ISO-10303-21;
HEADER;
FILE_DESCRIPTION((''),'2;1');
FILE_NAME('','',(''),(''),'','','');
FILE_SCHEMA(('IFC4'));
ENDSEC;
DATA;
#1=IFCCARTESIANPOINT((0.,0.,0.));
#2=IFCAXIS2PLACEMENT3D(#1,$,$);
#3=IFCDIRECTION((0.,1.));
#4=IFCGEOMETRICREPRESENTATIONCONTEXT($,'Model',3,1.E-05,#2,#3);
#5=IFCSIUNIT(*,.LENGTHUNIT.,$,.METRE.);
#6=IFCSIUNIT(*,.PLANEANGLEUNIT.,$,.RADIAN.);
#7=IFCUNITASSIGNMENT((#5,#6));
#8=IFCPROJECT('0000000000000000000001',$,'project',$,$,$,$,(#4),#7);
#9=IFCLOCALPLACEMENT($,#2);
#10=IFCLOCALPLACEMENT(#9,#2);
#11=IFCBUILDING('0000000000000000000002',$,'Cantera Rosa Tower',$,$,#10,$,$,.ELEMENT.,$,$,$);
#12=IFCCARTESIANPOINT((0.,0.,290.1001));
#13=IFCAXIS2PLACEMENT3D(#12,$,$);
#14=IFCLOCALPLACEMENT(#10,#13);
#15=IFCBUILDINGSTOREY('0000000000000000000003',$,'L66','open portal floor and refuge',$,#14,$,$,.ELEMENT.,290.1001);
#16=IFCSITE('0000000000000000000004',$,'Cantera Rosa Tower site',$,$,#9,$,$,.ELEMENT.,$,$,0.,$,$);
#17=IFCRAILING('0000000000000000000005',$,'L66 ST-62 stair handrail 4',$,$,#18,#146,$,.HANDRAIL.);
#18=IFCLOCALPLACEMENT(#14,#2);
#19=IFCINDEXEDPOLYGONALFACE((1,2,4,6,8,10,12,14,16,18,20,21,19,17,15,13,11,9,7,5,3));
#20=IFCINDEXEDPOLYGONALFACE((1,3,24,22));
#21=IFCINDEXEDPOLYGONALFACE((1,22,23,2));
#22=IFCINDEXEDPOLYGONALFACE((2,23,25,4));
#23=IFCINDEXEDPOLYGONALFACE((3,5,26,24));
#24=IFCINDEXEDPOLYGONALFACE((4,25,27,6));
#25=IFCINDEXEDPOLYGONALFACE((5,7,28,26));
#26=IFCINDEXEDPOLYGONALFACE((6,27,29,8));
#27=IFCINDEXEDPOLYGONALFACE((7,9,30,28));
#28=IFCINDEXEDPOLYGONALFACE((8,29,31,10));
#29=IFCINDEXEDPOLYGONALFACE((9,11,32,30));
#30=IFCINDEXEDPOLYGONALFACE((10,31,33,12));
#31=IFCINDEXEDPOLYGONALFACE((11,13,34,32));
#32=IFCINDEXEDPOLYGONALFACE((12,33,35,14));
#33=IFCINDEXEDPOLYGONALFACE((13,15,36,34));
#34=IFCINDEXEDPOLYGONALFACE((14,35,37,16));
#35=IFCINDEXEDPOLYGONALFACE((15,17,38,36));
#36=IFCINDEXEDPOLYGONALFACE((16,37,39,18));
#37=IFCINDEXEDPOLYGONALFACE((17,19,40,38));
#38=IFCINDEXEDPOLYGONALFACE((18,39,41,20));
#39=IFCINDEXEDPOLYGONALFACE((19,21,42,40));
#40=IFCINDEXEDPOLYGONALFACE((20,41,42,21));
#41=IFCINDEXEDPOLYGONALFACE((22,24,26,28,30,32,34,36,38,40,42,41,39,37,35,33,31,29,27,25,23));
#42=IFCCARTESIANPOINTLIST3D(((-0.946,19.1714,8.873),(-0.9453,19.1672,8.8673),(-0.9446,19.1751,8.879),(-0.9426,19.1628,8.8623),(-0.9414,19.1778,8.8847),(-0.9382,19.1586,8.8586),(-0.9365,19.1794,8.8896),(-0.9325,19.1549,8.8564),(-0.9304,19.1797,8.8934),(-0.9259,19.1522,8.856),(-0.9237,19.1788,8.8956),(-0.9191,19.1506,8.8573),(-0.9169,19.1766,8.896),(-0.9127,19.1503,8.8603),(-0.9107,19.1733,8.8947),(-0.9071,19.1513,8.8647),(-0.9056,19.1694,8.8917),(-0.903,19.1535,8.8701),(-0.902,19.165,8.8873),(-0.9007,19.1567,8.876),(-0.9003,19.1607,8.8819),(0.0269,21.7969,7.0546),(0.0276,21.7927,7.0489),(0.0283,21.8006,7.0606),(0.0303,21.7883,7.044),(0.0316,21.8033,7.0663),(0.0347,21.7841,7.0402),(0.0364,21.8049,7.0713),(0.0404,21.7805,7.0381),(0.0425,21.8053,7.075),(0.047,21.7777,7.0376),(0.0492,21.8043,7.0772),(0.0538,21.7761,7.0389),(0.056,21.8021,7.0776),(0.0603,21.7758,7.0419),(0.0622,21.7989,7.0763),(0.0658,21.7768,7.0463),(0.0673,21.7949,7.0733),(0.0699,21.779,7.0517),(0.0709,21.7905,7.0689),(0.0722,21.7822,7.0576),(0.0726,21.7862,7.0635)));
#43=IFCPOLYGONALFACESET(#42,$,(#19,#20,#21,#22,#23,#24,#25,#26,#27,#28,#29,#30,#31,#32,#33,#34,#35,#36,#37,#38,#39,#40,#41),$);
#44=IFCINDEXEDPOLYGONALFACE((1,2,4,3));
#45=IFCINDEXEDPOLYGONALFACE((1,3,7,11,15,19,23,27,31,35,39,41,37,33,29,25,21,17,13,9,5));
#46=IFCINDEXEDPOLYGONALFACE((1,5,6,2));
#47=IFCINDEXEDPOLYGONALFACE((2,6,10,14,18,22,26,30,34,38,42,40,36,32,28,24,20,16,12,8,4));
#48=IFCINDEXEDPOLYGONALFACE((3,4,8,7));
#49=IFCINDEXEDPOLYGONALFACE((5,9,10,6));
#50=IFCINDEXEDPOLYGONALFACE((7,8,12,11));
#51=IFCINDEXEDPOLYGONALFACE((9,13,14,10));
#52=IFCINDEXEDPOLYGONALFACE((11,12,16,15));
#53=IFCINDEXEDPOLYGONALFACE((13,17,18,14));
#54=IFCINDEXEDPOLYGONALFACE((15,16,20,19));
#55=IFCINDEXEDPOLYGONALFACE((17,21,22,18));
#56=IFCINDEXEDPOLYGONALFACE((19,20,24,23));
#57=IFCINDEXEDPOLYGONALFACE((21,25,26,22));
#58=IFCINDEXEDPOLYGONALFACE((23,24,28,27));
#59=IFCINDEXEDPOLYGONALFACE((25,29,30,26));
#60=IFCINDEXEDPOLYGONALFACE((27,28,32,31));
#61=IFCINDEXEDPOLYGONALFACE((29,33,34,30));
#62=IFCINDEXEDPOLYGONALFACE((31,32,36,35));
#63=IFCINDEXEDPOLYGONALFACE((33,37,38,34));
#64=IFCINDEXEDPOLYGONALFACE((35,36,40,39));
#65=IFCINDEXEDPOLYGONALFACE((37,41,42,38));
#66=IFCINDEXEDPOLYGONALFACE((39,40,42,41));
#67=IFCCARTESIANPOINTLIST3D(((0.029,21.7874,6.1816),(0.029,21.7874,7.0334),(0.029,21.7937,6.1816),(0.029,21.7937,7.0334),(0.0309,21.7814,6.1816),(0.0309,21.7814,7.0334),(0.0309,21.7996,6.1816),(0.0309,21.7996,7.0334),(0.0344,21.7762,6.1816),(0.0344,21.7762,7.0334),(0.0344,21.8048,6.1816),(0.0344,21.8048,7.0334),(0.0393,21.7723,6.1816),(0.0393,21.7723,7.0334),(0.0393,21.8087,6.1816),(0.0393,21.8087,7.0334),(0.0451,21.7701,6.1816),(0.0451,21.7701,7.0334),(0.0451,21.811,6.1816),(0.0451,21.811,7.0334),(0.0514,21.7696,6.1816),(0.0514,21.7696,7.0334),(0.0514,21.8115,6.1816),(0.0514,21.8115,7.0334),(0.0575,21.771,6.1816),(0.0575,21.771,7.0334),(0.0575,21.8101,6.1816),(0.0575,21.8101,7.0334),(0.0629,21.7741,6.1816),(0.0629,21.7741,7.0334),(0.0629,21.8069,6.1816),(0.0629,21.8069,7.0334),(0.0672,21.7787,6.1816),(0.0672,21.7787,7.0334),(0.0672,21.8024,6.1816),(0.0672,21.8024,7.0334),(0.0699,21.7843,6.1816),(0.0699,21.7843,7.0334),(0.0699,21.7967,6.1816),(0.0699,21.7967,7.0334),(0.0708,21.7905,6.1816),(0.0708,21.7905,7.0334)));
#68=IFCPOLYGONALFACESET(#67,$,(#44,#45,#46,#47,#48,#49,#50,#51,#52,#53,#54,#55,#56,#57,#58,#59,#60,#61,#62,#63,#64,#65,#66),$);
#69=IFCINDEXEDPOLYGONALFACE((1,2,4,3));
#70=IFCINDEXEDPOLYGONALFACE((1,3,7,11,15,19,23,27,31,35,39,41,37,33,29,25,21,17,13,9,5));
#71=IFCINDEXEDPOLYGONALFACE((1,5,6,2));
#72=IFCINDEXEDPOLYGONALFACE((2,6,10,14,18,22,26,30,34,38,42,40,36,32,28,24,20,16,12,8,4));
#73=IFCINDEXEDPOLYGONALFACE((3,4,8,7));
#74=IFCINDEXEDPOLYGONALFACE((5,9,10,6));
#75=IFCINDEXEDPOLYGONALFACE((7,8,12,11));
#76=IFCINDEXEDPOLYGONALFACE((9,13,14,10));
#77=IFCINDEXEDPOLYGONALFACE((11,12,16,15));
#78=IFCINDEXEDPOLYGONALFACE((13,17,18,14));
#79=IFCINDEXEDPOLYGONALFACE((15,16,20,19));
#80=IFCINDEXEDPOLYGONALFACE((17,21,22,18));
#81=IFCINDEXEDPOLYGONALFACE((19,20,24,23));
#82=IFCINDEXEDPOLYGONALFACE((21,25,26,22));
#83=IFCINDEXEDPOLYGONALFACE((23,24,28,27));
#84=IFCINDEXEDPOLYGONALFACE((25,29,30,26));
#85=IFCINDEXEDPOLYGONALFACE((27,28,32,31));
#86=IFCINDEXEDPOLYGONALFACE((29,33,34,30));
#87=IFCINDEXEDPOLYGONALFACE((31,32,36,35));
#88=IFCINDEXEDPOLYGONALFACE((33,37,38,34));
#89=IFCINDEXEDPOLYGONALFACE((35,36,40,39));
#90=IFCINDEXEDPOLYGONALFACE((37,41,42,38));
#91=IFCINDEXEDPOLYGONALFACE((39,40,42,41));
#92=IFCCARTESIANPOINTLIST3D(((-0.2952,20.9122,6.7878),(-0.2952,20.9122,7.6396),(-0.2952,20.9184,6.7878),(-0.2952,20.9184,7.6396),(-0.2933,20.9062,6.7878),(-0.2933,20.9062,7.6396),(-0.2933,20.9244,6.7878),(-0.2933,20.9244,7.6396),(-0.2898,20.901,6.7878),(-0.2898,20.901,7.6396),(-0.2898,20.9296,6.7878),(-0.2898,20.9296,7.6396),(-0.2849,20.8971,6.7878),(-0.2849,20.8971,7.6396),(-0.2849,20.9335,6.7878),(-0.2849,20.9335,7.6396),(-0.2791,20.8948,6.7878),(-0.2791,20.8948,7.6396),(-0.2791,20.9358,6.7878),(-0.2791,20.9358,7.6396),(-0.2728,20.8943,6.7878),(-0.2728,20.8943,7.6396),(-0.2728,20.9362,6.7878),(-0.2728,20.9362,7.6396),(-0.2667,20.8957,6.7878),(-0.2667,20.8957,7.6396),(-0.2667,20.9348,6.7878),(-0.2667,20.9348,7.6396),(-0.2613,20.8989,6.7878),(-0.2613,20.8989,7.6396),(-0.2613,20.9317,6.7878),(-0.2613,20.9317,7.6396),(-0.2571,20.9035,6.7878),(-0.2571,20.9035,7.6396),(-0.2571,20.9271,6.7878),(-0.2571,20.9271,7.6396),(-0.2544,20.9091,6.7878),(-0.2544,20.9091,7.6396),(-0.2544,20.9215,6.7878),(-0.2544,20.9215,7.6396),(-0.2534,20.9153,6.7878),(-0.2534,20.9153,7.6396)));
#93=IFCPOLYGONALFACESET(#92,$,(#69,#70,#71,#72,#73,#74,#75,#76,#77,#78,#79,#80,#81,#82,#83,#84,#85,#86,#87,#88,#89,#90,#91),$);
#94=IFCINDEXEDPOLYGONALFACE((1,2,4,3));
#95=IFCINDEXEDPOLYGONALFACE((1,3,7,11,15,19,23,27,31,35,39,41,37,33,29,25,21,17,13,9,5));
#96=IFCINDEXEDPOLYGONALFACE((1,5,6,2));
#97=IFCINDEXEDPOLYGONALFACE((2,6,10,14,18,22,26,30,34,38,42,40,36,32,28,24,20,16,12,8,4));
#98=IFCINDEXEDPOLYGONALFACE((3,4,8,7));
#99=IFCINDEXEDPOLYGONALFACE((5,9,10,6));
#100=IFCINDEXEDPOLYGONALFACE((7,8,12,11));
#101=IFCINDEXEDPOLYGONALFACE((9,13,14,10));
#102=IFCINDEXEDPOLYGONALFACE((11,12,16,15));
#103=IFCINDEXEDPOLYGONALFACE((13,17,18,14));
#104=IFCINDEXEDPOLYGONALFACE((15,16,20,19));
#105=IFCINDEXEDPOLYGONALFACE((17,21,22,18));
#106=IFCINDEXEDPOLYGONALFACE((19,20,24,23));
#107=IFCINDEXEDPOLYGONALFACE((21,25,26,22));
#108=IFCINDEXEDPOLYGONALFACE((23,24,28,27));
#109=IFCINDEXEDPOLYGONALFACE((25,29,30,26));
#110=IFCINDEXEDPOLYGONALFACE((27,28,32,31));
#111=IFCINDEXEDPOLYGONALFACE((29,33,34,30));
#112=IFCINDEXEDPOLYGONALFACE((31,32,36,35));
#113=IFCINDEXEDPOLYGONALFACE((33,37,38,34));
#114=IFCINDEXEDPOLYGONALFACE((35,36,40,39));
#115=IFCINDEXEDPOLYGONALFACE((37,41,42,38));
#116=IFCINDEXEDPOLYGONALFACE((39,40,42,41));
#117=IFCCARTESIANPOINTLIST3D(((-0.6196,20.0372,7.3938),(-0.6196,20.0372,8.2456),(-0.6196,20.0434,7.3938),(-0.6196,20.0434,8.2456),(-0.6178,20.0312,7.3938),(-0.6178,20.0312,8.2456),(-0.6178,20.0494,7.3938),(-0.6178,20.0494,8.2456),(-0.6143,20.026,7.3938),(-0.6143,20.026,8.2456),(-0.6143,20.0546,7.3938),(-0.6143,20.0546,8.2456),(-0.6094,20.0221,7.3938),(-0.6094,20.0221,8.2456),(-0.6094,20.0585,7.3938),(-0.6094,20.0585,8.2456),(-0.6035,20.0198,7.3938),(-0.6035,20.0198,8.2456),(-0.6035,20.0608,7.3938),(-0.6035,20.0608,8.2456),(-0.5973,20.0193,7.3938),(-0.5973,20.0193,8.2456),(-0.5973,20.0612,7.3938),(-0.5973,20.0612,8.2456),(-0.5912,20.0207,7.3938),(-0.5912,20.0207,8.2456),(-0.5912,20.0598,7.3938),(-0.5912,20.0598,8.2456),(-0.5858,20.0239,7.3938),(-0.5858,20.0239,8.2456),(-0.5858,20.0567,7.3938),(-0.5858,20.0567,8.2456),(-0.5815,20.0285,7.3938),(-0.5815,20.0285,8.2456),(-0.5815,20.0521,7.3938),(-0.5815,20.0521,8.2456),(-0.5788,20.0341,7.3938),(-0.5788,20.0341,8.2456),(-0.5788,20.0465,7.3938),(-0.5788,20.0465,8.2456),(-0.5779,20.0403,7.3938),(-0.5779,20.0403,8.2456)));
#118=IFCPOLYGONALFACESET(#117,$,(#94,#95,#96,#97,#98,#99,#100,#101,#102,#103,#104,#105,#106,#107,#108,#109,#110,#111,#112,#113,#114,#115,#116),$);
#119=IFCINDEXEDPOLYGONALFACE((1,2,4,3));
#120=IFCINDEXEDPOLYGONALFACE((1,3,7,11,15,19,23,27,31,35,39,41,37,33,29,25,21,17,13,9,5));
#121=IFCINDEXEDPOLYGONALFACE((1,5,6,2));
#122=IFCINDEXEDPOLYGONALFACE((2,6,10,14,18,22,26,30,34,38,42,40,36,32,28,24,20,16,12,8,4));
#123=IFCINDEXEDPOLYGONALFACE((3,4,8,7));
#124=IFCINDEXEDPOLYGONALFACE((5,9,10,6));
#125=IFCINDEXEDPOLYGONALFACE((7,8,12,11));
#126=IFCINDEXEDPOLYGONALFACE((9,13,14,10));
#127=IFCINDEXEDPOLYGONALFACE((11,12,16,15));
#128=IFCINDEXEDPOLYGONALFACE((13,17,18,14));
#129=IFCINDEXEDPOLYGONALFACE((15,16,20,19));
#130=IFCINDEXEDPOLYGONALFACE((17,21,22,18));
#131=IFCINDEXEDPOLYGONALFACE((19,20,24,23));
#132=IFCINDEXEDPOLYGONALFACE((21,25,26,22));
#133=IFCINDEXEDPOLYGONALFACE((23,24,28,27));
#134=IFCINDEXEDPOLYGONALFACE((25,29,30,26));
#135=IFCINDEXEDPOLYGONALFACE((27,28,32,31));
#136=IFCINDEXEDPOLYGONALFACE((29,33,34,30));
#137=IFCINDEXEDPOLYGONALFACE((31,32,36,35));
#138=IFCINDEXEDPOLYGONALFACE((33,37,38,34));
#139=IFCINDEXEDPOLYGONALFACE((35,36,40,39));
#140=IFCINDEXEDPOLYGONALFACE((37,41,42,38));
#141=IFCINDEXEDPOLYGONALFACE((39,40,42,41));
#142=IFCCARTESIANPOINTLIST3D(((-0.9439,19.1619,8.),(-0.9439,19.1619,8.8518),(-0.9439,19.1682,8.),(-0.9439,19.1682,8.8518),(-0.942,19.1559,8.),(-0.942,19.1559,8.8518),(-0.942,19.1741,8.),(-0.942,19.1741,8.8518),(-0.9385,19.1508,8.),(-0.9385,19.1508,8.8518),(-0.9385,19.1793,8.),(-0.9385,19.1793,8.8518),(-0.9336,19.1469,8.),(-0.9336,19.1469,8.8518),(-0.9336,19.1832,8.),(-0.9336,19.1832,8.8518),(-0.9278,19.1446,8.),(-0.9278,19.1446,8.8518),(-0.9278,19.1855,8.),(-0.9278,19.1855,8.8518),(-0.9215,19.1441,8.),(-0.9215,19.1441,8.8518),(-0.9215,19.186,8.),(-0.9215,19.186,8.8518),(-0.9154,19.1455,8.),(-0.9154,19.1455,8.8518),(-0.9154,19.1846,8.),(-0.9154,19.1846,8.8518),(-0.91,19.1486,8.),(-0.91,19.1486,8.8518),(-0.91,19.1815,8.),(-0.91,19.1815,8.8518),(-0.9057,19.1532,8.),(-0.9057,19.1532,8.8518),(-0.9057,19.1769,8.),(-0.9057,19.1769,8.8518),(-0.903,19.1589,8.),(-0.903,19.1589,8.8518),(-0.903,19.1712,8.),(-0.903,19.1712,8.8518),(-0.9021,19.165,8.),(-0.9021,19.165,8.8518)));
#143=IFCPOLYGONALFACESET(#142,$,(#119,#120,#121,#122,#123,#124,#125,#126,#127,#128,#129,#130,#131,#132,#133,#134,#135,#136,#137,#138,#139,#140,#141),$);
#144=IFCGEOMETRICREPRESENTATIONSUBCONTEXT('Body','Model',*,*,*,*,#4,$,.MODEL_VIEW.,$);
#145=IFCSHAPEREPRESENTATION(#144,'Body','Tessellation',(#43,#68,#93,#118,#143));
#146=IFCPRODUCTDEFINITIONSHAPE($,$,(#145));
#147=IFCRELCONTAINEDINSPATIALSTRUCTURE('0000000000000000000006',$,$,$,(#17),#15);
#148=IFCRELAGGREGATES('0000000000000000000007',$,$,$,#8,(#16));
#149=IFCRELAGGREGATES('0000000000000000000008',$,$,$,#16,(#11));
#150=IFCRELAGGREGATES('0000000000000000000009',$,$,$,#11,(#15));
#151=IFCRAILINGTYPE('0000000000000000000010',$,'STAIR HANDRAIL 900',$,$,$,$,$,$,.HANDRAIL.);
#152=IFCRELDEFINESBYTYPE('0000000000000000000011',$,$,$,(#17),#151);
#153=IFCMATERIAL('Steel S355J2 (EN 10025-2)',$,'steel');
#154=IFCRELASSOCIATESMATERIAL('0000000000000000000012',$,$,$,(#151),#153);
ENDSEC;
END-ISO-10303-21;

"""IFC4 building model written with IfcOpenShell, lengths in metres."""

from ifc_helpers import new_model, si_unit, direction, frame, origin, origin_2d, place, context, subcontext, project, spatial, circle, extrude, material, type_object, element, save


model = new_model("IFC4")

# Units and contexts
model_context = context("Model", 3, precision=1e-05, world=origin(), true_north=direction((0.0, 1.0)))
body_context = subcontext(model_context, "Body", "Model", "MODEL_VIEW")
ifc_project = project(units=[si_unit("LENGTHUNIT", "METRE"), si_unit("PLANEANGLEUNIT", "RADIAN")], contexts=[model_context])

# Site, building, storey
site_placement = place(None, origin())
site = spatial("IfcSite", under=ifc_project, at=site_placement, Name="Cantera Rosa Tower site", CompositionType="ELEMENT", RefElevation=0.0)
building_placement = place(site_placement, origin())
building = spatial("IfcBuilding", under=site, at=building_placement, Name="Cantera Rosa Tower", CompositionType="ELEMENT")
storey_placement = place(building_placement, frame((0.0, 0.0, 290.1001)))
storey = spatial("IfcBuildingStorey", under=building, at=storey_placement, Name="L66", Description="open portal floor and refuge", CompositionType="ELEMENT", Elevation=290.1001)

# Railing
ifc_material_1 = material(Name="Steel S355J2 (EN 10025-2)", Category="steel")
railing_type_1 = type_object("IfcRailingType", Name="STAIR HANDRAIL 900", PredefinedType="HANDRAIL", material=ifc_material_1)
for number, where, name in (
    (1, (0.0498, 21.7905, 6.1816), "L66 ST-62 stair handrail 4"),
):
    element("IfcRailing", number, at=place(storey_placement, frame(where)), inside=storey, type_object=railing_type_1, Name=name, PredefinedType="HANDRAIL", context=body_context, shape_type="SweptSolid", body=[
        extrude(circle(Radius=0.0239, at=origin_2d()), frame((0.0, 0.0, 0.876), z_axis=(-0.291411, -0.786407, 0.54465), x_axis=(0.937691, -0.347471, 0.0)), (0.0, 0.0, 1.0), 3.3386),
        extrude(circle(Radius=0.021, at=origin_2d()), origin(), (0.0, 0.0, 1.0), 0.8518),
        extrude(circle(Radius=0.021, at=origin_2d()), frame((-0.3242, -0.8752, 0.6062)), (0.0, 0.0, 1.0), 0.8518),
        extrude(circle(Radius=0.021, at=origin_2d()), frame((-0.6487, -1.7502, 1.2122)), (0.0, 0.0, 1.0), 0.8518),
        extrude(circle(Radius=0.021, at=origin_2d()), frame((-0.9729, -2.6255, 1.8184)), (0.0, 0.0, 1.0), 0.8518),
    ])

save(model, "model.ifc")
